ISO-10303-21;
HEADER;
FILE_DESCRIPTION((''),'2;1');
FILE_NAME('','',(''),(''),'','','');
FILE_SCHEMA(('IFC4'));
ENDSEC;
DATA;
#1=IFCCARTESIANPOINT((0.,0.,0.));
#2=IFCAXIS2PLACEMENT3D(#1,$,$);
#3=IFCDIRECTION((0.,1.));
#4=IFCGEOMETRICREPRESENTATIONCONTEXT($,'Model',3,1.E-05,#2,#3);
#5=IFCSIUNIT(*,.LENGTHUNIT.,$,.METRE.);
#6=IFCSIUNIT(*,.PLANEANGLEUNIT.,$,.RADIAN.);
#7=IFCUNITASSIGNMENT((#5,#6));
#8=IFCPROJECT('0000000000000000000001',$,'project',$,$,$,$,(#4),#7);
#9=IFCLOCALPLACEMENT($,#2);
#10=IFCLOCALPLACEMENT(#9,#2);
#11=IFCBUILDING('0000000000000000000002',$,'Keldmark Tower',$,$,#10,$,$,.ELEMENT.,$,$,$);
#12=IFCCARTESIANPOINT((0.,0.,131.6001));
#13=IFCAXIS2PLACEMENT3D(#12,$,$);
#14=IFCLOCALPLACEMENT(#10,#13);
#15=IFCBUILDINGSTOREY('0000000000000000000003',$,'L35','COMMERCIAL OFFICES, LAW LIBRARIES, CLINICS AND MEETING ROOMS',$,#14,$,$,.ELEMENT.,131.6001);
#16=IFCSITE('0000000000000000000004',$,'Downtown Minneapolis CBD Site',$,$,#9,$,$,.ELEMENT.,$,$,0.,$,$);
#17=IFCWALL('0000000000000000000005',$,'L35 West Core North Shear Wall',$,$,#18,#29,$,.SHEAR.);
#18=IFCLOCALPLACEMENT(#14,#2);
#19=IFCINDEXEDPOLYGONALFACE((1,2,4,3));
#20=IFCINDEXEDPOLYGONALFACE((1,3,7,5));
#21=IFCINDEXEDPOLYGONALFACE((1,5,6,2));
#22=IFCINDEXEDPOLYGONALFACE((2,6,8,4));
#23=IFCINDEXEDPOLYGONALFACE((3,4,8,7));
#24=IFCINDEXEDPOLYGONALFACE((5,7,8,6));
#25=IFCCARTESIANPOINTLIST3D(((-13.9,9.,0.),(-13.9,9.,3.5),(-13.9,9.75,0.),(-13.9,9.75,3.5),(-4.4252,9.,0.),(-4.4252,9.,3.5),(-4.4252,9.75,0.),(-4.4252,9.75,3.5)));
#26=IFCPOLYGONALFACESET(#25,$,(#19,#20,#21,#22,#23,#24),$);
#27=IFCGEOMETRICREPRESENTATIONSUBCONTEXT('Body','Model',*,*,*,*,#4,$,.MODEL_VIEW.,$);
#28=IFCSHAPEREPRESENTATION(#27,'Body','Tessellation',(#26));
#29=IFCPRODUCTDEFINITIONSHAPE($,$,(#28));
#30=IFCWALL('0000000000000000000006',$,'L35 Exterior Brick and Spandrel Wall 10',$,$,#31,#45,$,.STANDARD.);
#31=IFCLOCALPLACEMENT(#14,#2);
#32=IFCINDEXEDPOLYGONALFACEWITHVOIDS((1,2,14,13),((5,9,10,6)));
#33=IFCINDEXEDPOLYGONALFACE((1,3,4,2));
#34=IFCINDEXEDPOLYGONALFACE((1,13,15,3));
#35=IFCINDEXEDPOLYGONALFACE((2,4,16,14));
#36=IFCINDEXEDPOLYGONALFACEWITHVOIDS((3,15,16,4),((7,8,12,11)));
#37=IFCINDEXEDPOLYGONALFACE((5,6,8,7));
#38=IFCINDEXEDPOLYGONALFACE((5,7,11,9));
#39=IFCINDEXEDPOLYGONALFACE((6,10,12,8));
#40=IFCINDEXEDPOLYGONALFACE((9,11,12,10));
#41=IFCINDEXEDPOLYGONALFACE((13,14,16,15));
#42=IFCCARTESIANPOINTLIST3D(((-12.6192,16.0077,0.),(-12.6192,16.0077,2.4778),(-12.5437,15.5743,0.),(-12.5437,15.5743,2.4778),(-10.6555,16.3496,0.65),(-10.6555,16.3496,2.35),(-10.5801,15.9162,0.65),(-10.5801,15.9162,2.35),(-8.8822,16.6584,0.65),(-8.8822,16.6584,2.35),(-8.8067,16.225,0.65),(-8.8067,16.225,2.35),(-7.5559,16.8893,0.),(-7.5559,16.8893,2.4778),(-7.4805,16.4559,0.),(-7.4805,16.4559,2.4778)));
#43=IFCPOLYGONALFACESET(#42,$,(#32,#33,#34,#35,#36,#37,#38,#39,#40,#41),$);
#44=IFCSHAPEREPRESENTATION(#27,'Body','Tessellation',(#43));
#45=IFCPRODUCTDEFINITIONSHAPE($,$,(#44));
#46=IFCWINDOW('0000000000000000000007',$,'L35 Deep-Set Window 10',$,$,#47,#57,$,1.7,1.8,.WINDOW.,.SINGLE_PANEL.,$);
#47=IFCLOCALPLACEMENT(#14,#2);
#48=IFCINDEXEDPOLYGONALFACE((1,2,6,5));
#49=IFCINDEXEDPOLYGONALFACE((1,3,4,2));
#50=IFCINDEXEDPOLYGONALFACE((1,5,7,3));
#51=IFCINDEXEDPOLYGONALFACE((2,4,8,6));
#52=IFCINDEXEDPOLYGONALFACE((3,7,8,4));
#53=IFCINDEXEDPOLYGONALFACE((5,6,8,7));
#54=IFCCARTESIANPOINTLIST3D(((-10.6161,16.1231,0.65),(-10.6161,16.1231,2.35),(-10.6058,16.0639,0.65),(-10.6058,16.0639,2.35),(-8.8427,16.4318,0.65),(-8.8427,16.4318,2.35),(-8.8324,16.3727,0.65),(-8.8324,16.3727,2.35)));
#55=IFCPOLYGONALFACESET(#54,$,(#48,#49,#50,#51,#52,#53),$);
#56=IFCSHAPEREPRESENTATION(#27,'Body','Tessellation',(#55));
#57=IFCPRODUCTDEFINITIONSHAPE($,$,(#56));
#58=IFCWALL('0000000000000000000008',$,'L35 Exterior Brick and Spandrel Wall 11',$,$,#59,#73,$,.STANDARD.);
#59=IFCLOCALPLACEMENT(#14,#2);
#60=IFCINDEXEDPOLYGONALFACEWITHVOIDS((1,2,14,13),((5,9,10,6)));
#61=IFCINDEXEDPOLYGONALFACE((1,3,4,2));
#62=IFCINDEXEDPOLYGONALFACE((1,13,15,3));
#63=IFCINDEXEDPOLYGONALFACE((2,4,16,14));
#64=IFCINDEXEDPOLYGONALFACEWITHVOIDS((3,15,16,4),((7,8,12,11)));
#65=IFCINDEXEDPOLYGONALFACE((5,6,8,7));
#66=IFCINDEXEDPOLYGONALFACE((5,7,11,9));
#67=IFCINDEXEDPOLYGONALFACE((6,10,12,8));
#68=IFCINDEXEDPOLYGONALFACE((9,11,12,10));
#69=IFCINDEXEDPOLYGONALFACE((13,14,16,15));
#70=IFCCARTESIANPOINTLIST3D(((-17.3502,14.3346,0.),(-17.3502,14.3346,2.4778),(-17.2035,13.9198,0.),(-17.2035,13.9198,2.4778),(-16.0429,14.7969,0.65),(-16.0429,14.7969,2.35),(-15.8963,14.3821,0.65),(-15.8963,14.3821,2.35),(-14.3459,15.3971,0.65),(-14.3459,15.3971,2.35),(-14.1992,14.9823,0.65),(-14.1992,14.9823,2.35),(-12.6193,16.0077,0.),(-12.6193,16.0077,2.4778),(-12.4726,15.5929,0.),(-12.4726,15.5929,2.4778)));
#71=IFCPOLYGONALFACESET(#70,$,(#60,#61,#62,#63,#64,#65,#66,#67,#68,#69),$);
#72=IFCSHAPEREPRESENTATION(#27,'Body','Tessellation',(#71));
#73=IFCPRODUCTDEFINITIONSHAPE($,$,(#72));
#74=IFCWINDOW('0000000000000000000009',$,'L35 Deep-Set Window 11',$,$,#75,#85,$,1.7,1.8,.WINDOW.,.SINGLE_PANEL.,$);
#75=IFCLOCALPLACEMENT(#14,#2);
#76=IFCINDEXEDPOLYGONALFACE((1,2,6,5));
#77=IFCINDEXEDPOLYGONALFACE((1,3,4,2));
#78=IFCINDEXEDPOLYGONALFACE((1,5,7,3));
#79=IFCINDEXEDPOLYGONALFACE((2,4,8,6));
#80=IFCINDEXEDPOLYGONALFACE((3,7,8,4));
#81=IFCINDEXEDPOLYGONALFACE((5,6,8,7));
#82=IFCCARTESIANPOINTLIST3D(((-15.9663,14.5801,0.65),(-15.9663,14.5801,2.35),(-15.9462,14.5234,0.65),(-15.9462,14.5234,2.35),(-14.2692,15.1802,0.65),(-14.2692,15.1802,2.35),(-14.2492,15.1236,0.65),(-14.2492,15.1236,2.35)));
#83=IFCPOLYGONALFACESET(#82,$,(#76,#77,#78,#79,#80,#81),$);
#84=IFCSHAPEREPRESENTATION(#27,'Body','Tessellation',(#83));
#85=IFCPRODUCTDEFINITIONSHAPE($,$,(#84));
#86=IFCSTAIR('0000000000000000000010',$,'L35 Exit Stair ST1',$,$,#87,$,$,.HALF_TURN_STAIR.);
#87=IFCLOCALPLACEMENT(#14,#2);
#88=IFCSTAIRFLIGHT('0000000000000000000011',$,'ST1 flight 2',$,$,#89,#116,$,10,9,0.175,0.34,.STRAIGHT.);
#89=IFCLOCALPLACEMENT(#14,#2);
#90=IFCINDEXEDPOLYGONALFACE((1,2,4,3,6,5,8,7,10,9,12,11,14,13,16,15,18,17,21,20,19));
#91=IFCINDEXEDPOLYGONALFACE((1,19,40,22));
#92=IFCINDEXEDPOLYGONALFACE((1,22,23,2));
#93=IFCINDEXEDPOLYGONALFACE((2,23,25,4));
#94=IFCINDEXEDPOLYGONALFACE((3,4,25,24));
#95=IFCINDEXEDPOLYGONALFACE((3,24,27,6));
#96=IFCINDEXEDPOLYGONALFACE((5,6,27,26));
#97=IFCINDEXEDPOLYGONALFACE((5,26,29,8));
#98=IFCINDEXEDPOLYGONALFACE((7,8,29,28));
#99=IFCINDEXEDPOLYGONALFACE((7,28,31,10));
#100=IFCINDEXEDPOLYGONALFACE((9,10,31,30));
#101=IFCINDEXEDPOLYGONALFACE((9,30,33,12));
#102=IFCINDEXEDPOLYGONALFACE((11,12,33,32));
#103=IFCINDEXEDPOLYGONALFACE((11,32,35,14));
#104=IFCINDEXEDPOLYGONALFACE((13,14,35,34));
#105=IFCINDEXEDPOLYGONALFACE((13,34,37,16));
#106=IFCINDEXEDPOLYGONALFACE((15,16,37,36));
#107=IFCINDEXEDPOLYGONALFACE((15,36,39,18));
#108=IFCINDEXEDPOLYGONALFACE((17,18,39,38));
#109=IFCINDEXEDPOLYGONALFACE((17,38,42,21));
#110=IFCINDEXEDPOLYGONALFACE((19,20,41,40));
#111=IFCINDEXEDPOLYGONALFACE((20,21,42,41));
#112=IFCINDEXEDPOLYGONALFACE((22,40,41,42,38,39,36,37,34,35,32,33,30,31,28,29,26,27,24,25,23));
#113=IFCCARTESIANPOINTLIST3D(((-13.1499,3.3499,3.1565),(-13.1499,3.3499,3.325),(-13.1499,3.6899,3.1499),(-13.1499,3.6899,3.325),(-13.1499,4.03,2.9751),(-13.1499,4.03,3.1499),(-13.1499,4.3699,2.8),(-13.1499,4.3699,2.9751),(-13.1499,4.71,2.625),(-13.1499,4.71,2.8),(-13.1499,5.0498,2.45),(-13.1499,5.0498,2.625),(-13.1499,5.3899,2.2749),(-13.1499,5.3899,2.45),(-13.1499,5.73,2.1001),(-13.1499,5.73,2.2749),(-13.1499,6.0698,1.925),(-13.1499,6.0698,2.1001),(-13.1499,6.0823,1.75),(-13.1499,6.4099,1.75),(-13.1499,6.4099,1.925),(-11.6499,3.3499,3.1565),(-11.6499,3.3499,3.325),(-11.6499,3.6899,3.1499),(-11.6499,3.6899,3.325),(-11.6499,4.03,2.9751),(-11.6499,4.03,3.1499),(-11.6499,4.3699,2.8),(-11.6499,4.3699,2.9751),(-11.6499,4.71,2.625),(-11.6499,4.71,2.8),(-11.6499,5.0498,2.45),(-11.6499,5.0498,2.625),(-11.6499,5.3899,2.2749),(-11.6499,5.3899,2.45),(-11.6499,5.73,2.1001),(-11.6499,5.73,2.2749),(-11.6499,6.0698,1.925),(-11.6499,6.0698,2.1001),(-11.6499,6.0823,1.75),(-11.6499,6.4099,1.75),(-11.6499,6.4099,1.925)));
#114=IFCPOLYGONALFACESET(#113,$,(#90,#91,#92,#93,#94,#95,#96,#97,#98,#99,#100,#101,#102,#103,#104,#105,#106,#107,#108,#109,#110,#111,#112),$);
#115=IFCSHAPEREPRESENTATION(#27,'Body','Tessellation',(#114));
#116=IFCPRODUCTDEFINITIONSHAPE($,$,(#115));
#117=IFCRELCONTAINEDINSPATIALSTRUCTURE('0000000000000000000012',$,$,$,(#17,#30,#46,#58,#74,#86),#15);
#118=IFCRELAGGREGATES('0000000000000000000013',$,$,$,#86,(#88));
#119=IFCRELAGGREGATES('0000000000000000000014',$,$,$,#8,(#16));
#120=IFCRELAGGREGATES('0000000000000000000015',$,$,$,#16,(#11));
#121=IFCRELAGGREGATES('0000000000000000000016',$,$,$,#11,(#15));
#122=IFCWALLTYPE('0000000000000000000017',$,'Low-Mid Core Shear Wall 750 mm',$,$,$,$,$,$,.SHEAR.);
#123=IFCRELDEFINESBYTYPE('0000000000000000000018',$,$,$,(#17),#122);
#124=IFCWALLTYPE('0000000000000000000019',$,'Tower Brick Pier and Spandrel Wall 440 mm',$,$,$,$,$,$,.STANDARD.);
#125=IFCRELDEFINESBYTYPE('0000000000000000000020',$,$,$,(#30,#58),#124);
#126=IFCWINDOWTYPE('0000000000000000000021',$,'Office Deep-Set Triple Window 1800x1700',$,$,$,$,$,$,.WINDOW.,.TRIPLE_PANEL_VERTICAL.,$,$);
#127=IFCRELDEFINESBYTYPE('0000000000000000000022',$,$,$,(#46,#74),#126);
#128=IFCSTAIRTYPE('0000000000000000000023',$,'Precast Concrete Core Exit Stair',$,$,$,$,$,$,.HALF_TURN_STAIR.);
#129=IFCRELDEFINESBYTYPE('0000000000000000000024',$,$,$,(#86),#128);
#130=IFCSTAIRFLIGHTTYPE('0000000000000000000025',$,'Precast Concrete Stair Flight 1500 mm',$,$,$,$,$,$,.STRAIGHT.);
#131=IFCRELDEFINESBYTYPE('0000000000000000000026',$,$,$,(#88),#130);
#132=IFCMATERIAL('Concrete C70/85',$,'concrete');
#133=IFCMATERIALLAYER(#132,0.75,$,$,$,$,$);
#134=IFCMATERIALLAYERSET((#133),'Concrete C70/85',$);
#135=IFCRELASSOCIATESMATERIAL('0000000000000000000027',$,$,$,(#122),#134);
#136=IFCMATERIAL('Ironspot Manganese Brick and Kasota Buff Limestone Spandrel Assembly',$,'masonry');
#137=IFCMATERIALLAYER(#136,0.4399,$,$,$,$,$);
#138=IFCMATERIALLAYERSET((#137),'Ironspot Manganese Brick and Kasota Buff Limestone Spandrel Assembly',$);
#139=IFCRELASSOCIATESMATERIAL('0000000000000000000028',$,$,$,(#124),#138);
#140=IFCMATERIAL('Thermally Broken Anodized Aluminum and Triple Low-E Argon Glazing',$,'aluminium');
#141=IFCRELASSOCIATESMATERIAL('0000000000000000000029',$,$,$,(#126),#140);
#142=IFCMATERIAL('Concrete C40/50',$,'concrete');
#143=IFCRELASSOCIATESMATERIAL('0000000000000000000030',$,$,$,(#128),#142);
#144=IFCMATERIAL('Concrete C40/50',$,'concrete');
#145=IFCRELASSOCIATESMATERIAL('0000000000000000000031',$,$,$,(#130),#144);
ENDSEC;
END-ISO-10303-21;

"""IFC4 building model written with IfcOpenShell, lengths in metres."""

from ifc_helpers import new_model, si_unit, direction, frame, frame_2d, origin, place, context, subcontext, project, spatial, polyline, rectangle, outline, extrude, material, layer, layer_set, type_object, element, fill, aggregate, save


model = new_model("IFC4")

# Units and contexts
model_context = context("Model", 3, precision=1e-05, world=origin(), true_north=direction((0.0, 1.0)))
body_context = subcontext(model_context, "Body", "Model", "MODEL_VIEW")
ifc_project = project(units=[si_unit("LENGTHUNIT", "METRE"), si_unit("PLANEANGLEUNIT", "RADIAN")], contexts=[model_context])

# Site, building, storey
site_placement = place(None, origin())
site = spatial("IfcSite", under=ifc_project, at=site_placement, Name="Downtown Minneapolis CBD Site", CompositionType="ELEMENT", RefElevation=0.0)
building_placement = place(site_placement, origin())
building = spatial("IfcBuilding", under=site, at=building_placement, Name="Keldmark Tower", CompositionType="ELEMENT")
storey_placement = place(building_placement, frame((0.0, 0.0, 131.6001)))
storey = spatial("IfcBuildingStorey", under=building, at=storey_placement, Name="L35", Description="COMMERCIAL OFFICES, LAW LIBRARIES, CLINICS AND MEETING ROOMS", CompositionType="ELEMENT", Elevation=131.6001)

# Wall
ifc_material_1 = material(Name="Concrete C70/85", Category="concrete")
ifc_layer_1 = layer(ifc_material_1, 0.75)
ifc_layer_set_1 = layer_set([ifc_layer_1], Name="Concrete C70/85")
wall_type_1 = type_object("IfcWallType", Name="Low-Mid Core Shear Wall 750 mm", PredefinedType="SHEAR", material=ifc_layer_set_1)
wall_1_placement = place(storey_placement, frame((-13.8999, 9.375, 0.0), z_axis=(0.0, 0.0, 1.0), x_axis=(1.0, 0.0, 0.0)))
element("IfcWall", 1, at=wall_1_placement, inside=storey, type_object=wall_type_1, Name="L35 West Core North Shear Wall", PredefinedType="SHEAR", context=body_context, shape_type="SweptSolid", body=[
    extrude(rectangle(XDim=9.4749, YDim=0.75, at=frame_2d((4.7373, 0.0))), origin(), (0.0, 0.0, 1.0), 3.5),
])

# Walls, openings, windows
ifc_material_2 = material(Name="Ironspot Manganese Brick and Kasota Buff Limestone Spandrel Assembly", Category="masonry")
ifc_layer_2 = layer(ifc_material_2, 0.4399)
ifc_layer_set_2 = layer_set([ifc_layer_2], Name="Ironspot Manganese Brick and Kasota Buff Limestone Spandrel Assembly")
wall_type_2 = type_object("IfcWallType", Name="Tower Brick Pier and Spandrel Wall 440 mm", PredefinedType="STANDARD", material=ifc_layer_set_2)
wall_2_placement = place(storey_placement, frame((-12.5815, 15.791, 0.0), z_axis=(0.0, 0.0, 1.0), x_axis=(0.985178, 0.171536, 0.0)))
wall_2 = element("IfcWall", 2, at=wall_2_placement, inside=storey, type_object=wall_type_2, Name="L35 Exterior Brick and Spandrel Wall 10", PredefinedType="STANDARD", context=body_context, shape_type="SweptSolid", body=[
    extrude(rectangle(XDim=5.1394, YDim=0.4399, at=frame_2d((2.5698, 0.0))), origin(), (0.0, 0.0, 1.0), 2.4778),
])
opening_1_placement = place(wall_2_placement, frame((1.9934, 0.0, 0.6499)))
opening_1 = element("IfcOpeningElement", 3, at=opening_1_placement, cuts=wall_2, PredefinedType="OPENING", context=body_context, shape_type="SweptSolid", body=[
    extrude(rectangle(XDim=1.8, YDim=1.7, at=frame_2d((0.8999, 0.8501))), frame((0.0, 0.23, 0.0), z_axis=(0.0, -1.0, 0.0), x_axis=(1.0, 0.0, 0.0)), (0.0, 0.0, 1.0), 0.46),
])
ifc_material_3 = material(Name="Thermally Broken Anodized Aluminum and Triple Low-E Argon Glazing", Category="aluminium")
window_type = type_object("IfcWindowType", Name="Office Deep-Set Triple Window 1800x1700", PartitioningType="TRIPLE_PANEL_VERTICAL", PredefinedType="WINDOW", material=ifc_material_3)
window_1_placement = place(opening_1_placement, origin())
window_1 = element("IfcWindow", 4, at=window_1_placement, inside=storey, type_object=window_type, Name="L35 Deep-Set Window 10", OverallHeight=1.7, OverallWidth=1.8, PartitioningType="SINGLE_PANEL", PredefinedType="WINDOW", context=body_context, shape_type="SweptSolid", body=[
    extrude(rectangle(XDim=1.8, YDim=1.7, at=frame_2d((0.8999, 0.8501))), frame((0.0, -0.01, 0.0), z_axis=(0.0, -1.0, 0.0), x_axis=(1.0, 0.0, 0.0)), (0.0, 0.0, 1.0), 0.0601),
])
fill(opening_1, window_1)
wall_3_placement = place(storey_placement, frame((-17.2769, 14.1272, 0.0), z_axis=(0.0, 0.0, 1.0), x_axis=(0.942781, 0.333413, 0.0)))
wall_3 = element("IfcWall", 5, at=wall_3_placement, inside=storey, type_object=wall_type_2, Name="L35 Exterior Brick and Spandrel Wall 11", PredefinedType="STANDARD", context=body_context, shape_type="SweptSolid", body=[
    extrude(rectangle(XDim=5.0181, YDim=0.4399, at=frame_2d((2.509, 0.0))), origin(), (0.0, 0.0, 1.0), 2.4778),
])
opening_2_placement = place(wall_3_placement, frame((1.3867, 0.0, 0.6499)))
opening_2 = element("IfcOpeningElement", 6, at=opening_2_placement, cuts=wall_3, PredefinedType="OPENING", context=body_context, shape_type="SweptSolid", body=[
    extrude(rectangle(XDim=1.8, YDim=1.7, at=frame_2d((0.8999, 0.8501))), frame((0.0, 0.23, 0.0), z_axis=(0.0, -1.0, 0.0), x_axis=(1.0, 0.0, 0.0)), (0.0, 0.0, 1.0), 0.46),
])
window_2_placement = place(opening_2_placement, origin())
window_2 = element("IfcWindow", 7, at=window_2_placement, inside=storey, type_object=window_type, Name="L35 Deep-Set Window 11", OverallHeight=1.7, OverallWidth=1.8, PartitioningType="SINGLE_PANEL", PredefinedType="WINDOW", context=body_context, shape_type="SweptSolid", body=[
    extrude(rectangle(XDim=1.8, YDim=1.7, at=frame_2d((0.8999, 0.8501))), frame((0.0, -0.01, 0.0), z_axis=(0.0, -1.0, 0.0), x_axis=(1.0, 0.0, 0.0)), (0.0, 0.0, 1.0), 0.0601),
])
fill(opening_2, window_2)

# Stair, stair flight
ifc_material_4 = material(Name="Concrete C40/50", Category="concrete")
stair_type = type_object("IfcStairType", Name="Precast Concrete Core Exit Stair", PredefinedType="HALF_TURN_STAIR", material=ifc_material_4)
stair_placement = place(storey_placement, origin())
stair = element("IfcStair", 8, at=stair_placement, inside=storey, type_object=stair_type, Name="L35 Exit Stair ST1", PredefinedType="HALF_TURN_STAIR")
ifc_material_5 = material(Name="Concrete C40/50", Category="concrete")
stair_flight_type = type_object("IfcStairFlightType", Name="Precast Concrete Stair Flight 1500 mm", PredefinedType="STRAIGHT", material=ifc_material_5)
stair_flight_placement = place(storey_placement, frame((-12.3999, 6.4099, 1.75), z_axis=(0.0, 0.0, 1.0), x_axis=(0.0, -1.0, 0.0)))
stair_flight = element("IfcStairFlight", 9, at=stair_flight_placement, type_object=stair_flight_type, Name="ST1 flight 2", NumberOfRisers=10, NumberOfTreads=9, PredefinedType="STRAIGHT", RiserHeight=0.175, TreadLength=0.34, context=body_context, shape_type="SweptSolid", body=[
    extrude(outline(polyline([(0.0, 0.0), (0.0, 0.175), (0.3401, 0.175), (0.3401, 0.3501), (0.6799, 0.3501), (0.6799, 0.5249), (1.02, 0.5249), (1.02, 0.7), (1.3601, 0.7), (1.3601, 0.875), (1.7, 0.875), (1.7, 1.05), (2.04, 1.05), (2.04, 1.2251), (2.3799, 1.2251), (2.3799, 1.3999), (2.72, 1.3999), (2.72, 1.575), (3.0601, 1.575), (3.0601, 1.75), (3.0601, 1.4065), (0.3276, 0.0), (0.0, 0.0)])), frame((0.0, 0.75, 0.0), z_axis=(0.0, -1.0, 0.0), x_axis=(1.0, 0.0, 0.0)), (0.0, 0.0, 1.0), 1.5),
])
aggregate(stair, [stair_flight])

save(model, "model.ifc")
